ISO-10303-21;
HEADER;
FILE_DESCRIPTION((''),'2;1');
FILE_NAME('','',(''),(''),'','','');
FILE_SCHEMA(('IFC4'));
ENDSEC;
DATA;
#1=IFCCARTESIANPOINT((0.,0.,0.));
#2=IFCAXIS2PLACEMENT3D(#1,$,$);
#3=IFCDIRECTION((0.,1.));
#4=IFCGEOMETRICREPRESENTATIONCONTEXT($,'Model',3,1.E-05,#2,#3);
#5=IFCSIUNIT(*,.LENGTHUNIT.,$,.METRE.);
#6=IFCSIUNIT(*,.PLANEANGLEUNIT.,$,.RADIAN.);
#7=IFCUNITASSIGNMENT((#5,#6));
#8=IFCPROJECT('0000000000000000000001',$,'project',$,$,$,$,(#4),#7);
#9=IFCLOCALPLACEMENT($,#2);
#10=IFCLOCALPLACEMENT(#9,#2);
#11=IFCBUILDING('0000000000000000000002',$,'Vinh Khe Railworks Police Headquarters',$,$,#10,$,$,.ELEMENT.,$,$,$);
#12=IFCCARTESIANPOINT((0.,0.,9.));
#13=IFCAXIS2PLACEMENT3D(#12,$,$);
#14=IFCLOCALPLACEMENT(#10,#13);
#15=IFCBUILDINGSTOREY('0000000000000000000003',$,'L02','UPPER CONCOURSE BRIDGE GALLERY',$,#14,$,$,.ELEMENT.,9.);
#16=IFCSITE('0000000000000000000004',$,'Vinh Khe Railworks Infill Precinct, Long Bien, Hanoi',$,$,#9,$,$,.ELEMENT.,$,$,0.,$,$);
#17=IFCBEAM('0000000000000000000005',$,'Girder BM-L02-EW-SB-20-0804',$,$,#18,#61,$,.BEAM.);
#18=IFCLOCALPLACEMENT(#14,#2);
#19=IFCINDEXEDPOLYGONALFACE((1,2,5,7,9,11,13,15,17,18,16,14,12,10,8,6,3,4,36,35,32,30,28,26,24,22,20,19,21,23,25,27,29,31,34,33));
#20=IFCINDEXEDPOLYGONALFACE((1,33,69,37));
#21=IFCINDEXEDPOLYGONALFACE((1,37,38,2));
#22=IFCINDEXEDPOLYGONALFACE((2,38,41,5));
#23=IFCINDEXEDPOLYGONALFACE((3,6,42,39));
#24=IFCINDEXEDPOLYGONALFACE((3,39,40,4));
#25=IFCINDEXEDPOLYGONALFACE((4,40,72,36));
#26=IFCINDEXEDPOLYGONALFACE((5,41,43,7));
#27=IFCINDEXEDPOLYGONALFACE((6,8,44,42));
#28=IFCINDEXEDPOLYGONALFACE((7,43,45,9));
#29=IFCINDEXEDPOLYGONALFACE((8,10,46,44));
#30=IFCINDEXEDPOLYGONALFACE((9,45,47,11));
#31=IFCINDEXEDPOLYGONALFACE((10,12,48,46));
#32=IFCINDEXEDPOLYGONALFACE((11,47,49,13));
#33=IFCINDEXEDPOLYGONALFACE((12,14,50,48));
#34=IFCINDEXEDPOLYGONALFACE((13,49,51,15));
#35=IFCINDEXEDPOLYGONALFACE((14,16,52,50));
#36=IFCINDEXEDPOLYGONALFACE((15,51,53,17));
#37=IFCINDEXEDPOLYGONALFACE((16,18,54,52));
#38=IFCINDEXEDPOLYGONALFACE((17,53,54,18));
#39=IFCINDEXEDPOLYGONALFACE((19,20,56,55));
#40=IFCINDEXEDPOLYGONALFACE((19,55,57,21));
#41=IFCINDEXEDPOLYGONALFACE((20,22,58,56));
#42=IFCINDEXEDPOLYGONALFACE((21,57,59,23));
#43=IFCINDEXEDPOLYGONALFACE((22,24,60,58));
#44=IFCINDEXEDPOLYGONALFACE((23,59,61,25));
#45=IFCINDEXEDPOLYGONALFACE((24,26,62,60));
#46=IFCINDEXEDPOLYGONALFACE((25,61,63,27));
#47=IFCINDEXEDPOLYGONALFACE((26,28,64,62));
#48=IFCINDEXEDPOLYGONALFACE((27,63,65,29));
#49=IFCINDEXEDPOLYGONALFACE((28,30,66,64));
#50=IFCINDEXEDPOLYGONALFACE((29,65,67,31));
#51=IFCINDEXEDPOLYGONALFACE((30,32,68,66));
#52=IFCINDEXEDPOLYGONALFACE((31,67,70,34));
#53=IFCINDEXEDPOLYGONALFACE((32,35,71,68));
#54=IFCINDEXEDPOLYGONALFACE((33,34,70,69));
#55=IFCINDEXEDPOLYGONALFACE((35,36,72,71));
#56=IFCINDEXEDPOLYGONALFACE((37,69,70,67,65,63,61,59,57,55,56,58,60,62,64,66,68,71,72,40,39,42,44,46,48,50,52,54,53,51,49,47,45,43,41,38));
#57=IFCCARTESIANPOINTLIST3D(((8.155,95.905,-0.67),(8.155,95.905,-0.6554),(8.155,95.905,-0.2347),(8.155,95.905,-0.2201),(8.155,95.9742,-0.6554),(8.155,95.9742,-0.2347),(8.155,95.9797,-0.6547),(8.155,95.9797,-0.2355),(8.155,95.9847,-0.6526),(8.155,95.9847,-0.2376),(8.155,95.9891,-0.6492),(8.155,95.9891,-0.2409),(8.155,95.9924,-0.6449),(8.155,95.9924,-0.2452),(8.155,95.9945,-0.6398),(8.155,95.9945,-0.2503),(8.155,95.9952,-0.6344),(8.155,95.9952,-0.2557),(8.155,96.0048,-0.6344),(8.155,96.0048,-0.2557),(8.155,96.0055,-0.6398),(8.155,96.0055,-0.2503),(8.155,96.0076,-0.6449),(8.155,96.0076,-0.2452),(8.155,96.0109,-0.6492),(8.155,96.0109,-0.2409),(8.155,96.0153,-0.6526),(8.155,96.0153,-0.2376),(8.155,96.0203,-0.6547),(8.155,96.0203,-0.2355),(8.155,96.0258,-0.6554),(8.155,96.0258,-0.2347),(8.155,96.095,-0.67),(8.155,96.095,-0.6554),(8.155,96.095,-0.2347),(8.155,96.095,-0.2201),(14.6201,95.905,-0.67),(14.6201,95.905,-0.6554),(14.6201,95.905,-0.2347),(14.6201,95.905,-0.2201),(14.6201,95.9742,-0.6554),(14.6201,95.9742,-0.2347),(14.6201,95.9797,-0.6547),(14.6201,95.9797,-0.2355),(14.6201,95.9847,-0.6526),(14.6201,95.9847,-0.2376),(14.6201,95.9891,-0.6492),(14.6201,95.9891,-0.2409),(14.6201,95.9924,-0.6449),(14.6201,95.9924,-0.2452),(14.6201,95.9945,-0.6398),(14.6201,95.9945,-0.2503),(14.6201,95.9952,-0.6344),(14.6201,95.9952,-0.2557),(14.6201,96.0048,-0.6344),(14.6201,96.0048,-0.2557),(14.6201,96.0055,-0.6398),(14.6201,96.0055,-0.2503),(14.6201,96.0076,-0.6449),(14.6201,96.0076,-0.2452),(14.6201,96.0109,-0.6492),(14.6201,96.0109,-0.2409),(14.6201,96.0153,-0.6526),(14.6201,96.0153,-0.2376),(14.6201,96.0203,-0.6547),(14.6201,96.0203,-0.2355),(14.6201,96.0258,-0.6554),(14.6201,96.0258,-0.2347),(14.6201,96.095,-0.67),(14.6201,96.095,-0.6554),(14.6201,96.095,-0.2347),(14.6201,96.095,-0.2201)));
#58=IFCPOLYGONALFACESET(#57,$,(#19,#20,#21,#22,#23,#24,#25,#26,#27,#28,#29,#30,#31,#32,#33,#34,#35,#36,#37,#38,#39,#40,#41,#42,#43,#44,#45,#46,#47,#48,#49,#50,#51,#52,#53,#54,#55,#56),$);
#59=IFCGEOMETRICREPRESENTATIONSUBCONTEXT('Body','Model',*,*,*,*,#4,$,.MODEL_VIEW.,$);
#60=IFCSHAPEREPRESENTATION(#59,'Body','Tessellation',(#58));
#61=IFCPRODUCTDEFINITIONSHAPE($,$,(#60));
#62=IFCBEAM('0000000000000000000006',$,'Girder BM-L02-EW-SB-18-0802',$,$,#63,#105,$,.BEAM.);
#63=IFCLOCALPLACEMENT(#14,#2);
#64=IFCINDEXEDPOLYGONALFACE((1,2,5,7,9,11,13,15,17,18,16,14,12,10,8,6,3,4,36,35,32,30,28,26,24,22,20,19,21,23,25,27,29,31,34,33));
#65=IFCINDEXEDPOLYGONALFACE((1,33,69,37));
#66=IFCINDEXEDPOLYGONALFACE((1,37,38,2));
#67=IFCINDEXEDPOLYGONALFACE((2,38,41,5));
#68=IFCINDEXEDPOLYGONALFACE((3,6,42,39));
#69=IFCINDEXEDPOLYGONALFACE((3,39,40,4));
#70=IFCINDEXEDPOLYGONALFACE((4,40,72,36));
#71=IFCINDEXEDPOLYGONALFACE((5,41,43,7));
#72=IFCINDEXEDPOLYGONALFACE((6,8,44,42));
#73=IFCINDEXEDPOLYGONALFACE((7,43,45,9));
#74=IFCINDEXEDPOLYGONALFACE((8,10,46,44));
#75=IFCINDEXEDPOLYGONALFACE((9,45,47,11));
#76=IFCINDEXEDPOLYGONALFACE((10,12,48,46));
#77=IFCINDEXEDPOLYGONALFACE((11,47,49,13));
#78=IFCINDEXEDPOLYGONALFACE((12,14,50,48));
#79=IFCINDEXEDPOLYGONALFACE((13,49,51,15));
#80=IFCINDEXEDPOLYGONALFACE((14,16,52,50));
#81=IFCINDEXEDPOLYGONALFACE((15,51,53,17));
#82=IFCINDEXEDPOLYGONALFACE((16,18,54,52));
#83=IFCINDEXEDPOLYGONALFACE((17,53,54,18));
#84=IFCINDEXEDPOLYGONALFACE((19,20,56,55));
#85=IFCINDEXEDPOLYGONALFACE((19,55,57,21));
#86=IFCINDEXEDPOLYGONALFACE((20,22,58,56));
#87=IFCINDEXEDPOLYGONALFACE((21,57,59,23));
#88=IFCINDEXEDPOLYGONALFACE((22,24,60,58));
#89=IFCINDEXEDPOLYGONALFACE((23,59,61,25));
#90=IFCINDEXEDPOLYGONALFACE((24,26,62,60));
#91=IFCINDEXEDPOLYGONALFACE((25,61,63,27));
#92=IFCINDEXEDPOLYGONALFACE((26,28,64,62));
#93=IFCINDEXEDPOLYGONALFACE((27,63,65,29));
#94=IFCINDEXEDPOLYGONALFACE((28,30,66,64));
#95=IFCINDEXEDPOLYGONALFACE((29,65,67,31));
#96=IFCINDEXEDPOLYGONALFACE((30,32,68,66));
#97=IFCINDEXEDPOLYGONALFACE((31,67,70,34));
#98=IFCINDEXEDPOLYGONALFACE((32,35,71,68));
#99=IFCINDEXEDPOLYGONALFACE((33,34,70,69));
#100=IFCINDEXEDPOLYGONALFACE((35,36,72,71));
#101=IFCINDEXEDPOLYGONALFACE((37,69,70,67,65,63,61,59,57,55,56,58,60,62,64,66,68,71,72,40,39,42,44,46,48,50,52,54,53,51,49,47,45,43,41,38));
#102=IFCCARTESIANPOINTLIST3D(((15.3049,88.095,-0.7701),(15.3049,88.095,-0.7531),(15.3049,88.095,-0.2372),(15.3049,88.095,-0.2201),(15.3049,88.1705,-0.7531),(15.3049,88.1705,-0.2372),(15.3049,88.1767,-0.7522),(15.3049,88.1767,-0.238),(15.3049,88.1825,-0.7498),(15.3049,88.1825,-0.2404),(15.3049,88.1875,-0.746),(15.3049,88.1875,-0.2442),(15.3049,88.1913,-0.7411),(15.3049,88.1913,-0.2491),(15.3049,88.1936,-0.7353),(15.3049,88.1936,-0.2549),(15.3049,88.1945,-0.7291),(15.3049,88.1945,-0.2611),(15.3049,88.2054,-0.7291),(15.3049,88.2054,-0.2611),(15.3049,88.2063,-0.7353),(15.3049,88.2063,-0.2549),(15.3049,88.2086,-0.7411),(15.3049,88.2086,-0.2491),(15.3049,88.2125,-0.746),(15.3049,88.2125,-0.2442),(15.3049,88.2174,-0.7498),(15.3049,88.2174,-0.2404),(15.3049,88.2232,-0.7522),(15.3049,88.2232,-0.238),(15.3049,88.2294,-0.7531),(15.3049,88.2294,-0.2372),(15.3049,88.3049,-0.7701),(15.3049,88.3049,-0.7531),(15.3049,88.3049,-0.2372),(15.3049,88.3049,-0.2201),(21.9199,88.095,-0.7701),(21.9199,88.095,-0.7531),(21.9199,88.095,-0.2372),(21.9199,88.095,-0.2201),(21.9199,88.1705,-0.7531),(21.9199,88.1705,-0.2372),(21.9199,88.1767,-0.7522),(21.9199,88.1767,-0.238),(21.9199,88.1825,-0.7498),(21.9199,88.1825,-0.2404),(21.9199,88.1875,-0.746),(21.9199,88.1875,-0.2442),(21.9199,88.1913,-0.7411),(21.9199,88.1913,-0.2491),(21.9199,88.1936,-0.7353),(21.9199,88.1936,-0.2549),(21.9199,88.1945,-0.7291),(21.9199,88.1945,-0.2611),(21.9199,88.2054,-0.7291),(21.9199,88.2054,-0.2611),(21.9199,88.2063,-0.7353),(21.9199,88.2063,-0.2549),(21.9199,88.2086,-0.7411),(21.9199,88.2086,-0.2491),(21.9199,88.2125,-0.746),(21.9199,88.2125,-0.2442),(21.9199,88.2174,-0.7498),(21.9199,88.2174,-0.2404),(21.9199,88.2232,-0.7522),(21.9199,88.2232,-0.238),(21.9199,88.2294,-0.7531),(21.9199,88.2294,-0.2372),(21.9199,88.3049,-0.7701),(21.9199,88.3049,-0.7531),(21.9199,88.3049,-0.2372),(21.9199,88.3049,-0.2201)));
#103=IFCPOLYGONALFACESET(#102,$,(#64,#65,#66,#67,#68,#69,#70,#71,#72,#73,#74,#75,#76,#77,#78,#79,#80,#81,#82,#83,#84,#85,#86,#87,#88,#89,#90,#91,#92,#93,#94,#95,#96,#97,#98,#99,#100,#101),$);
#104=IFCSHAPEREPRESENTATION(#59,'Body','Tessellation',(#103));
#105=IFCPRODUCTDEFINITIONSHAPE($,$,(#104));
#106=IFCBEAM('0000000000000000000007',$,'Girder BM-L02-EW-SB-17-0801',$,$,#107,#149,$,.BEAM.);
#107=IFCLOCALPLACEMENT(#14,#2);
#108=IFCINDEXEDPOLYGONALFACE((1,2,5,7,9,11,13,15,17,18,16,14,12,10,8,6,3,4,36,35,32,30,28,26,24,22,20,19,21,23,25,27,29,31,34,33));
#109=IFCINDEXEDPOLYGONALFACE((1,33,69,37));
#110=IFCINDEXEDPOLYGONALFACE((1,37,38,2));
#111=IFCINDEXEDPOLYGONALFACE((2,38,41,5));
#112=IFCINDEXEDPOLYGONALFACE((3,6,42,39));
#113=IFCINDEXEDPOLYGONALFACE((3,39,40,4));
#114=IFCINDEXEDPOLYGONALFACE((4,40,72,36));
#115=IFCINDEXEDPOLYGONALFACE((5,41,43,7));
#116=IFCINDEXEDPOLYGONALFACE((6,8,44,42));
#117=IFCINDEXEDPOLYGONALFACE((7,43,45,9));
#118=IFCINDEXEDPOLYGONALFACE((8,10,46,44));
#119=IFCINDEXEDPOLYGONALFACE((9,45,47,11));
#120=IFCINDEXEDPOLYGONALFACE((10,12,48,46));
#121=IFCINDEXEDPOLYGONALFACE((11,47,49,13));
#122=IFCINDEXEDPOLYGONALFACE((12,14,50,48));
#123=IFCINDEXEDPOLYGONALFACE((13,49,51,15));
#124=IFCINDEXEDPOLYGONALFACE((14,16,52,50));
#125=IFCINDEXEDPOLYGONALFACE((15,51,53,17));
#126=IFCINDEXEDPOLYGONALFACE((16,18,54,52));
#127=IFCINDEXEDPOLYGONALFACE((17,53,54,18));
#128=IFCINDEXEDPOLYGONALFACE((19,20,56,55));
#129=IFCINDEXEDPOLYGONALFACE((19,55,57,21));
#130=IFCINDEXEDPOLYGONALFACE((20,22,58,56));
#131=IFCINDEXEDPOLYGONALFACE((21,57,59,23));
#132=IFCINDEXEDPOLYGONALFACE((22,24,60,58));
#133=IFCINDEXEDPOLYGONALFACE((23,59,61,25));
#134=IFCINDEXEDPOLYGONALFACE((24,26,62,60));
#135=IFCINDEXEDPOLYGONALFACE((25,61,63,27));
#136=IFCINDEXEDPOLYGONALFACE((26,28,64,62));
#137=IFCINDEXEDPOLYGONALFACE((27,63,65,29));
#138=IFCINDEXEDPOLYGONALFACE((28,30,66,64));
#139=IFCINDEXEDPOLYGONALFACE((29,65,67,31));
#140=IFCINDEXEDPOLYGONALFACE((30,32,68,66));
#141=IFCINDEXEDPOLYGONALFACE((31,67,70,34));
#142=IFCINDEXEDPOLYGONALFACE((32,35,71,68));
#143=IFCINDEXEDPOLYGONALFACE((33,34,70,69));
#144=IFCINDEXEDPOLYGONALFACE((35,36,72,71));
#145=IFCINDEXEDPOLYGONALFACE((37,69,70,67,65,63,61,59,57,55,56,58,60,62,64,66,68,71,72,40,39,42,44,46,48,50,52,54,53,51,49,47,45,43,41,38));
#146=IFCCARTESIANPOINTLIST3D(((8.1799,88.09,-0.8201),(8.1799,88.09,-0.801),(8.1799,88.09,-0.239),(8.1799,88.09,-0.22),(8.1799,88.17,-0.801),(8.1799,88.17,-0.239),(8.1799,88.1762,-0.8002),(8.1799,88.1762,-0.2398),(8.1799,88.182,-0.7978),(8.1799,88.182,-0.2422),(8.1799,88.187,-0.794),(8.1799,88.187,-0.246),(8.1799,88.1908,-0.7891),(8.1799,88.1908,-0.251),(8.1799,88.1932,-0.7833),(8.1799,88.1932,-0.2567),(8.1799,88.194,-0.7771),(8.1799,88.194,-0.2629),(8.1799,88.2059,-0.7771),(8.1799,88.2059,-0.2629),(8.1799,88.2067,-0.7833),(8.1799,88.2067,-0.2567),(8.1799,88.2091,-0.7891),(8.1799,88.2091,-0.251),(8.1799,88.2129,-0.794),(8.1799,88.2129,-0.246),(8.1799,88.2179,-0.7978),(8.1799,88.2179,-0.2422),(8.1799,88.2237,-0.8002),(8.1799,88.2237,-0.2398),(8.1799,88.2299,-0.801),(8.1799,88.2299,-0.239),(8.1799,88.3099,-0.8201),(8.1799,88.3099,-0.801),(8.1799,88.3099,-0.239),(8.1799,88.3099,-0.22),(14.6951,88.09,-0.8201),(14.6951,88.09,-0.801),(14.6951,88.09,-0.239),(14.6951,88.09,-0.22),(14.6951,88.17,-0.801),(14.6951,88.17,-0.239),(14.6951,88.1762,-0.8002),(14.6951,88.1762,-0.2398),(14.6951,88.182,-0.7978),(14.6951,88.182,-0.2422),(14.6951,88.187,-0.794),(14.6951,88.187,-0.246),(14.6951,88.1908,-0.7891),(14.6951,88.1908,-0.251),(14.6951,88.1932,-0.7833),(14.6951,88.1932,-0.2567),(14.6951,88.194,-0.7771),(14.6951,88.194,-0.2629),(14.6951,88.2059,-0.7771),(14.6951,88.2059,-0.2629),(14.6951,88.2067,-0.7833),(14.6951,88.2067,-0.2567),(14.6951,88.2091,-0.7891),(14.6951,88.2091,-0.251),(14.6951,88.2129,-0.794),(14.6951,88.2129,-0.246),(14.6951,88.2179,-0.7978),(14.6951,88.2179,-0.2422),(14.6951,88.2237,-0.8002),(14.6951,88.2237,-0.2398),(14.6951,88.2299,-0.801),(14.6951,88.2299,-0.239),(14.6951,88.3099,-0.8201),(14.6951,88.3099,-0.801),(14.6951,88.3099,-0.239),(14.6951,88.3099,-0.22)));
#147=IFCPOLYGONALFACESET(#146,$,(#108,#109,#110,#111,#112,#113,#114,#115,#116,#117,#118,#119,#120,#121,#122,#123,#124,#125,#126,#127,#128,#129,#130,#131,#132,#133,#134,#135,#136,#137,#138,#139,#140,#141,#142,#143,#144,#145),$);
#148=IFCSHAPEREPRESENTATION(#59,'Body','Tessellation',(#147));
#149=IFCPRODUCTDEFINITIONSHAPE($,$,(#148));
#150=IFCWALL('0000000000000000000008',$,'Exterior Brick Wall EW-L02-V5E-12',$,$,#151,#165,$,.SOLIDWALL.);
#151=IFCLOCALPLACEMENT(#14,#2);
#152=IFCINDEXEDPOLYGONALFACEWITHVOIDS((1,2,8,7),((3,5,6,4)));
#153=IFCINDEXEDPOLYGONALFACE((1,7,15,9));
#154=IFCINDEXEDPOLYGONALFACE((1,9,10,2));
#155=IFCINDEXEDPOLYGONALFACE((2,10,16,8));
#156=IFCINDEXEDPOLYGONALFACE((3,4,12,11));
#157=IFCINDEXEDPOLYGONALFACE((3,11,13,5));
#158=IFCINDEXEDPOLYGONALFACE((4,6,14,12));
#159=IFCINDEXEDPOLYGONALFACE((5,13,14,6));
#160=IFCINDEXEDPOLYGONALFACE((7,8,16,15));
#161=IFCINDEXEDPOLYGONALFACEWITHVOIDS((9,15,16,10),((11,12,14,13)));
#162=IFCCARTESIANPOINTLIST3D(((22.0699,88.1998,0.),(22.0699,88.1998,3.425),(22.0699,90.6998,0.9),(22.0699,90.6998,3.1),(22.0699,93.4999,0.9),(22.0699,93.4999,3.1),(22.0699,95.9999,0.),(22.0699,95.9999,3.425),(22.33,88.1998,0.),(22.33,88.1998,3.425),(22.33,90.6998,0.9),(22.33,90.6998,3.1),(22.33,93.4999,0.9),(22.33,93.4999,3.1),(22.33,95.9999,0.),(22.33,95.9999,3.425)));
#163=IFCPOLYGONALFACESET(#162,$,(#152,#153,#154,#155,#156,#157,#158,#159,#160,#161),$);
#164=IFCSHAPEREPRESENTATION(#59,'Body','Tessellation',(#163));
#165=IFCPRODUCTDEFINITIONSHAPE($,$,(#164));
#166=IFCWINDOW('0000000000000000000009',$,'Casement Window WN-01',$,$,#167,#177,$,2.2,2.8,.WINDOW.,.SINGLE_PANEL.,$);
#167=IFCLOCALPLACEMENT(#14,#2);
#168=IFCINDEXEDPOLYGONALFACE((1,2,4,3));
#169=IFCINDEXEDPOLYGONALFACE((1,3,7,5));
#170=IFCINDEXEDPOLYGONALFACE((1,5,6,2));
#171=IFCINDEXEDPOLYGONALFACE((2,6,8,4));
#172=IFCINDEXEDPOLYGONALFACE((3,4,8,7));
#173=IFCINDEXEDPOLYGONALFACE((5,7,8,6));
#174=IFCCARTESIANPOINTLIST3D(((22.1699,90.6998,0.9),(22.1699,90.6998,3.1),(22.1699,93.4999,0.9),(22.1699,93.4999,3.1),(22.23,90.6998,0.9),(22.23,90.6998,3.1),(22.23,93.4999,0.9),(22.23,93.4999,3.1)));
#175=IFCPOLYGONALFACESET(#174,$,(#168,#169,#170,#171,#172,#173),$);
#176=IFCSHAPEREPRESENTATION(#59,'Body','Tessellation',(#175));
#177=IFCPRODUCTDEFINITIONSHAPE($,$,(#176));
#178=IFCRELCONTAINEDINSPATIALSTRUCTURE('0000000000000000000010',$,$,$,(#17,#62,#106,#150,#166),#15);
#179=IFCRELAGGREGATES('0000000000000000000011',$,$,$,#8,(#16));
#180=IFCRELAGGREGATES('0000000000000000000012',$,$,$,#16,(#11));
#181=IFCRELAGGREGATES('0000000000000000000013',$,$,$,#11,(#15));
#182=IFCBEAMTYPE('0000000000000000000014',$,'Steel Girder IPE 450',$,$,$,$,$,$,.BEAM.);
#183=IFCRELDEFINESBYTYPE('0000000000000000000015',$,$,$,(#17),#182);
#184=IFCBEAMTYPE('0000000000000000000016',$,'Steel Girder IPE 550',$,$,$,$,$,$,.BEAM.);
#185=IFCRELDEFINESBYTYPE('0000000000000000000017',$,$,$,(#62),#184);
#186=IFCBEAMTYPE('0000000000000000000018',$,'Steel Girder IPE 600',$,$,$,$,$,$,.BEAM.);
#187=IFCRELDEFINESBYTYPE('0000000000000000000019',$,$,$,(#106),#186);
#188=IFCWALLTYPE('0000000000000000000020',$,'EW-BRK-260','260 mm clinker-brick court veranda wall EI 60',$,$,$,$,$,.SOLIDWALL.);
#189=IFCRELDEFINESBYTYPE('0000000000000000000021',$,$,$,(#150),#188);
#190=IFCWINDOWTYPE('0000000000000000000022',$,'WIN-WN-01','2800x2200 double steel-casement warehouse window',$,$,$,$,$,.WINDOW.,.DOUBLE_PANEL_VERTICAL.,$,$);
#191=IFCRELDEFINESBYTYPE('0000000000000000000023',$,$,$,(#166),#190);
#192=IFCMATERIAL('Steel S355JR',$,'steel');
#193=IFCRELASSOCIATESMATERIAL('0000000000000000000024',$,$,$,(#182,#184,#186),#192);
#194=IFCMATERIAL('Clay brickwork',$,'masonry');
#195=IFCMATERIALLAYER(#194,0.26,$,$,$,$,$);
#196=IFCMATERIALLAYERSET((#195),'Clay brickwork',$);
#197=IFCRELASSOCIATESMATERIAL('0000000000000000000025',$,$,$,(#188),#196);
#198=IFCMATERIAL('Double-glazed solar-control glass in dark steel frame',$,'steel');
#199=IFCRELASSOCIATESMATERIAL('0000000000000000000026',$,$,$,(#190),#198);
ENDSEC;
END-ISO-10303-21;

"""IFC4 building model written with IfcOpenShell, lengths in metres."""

from ifc_helpers import new_model, si_unit, direction, frame, frame_2d, origin, origin_2d, place, context, subcontext, project, spatial, rectangle, i_section, extrude, material, layer, layer_set, material_profile, profile_set, type_object, element, fill, save


model = new_model("IFC4")

# Units and contexts
model_context = context("Model", 3, precision=1e-05, world=origin(), true_north=direction((0.0, 1.0)))
body_context = subcontext(model_context, "Body", "Model", "MODEL_VIEW")
ifc_project = project(units=[si_unit("LENGTHUNIT", "METRE"), si_unit("PLANEANGLEUNIT", "RADIAN")], contexts=[model_context])

# Site, building, storey
site_placement = place(None, origin())
site = spatial("IfcSite", under=ifc_project, at=site_placement, Name="Vinh Khe Railworks Infill Precinct, Long Bien, Hanoi", CompositionType="ELEMENT", RefElevation=0.0)
building_placement = place(site_placement, origin())
building = spatial("IfcBuilding", under=site, at=building_placement, Name="Vinh Khe Railworks Police Headquarters", CompositionType="ELEMENT")
storey_placement = place(building_placement, frame((0.0, 0.0, 9.0)))
storey = spatial("IfcBuildingStorey", under=building, at=storey_placement, Name="L02", Description="UPPER CONCOURSE BRIDGE GALLERY", CompositionType="ELEMENT", Elevation=9.0)

# Shared definitions
ifc_material_1 = material(Name="Steel S355JR", Category="steel")

# Beams
ifc_material_profile_1 = material_profile(ifc_material_1, i_section(OverallWidth=0.1899, OverallDepth=0.45, WebThickness=0.0095, FlangeThickness=0.0146, FilletRadius=0.021, at=origin_2d()), Name="IPE 450")
ifc_profile_set_1 = profile_set([ifc_material_profile_1], Name="Steel S355JR")
beam_type_1 = type_object("IfcBeamType", Name="Steel Girder IPE 450", PredefinedType="BEAM", material=ifc_profile_set_1)
beam_1_placement = place(storey_placement, frame((8.155, 96.0, -0.4451), z_axis=(1.0, 0.0, 0.0), x_axis=(0.0, 1.0, 0.0)))
element("IfcBeam", 1, at=beam_1_placement, inside=storey, type_object=beam_type_1, Name="Girder BM-L02-EW-SB-20-0804", PredefinedType="BEAM", context=body_context, shape_type="SweptSolid", body=[
    extrude(i_section(OverallWidth=0.1899, OverallDepth=0.45, WebThickness=0.0095, FlangeThickness=0.0146, FilletRadius=0.021, at=origin_2d()), origin(), (0.0, 0.0, 1.0), 6.4651),
])
ifc_material_profile_2 = material_profile(ifc_material_1, i_section(OverallWidth=0.21, OverallDepth=0.55, WebThickness=0.011, FlangeThickness=0.0171, FilletRadius=0.0239, at=origin_2d()), Name="IPE 550")
ifc_profile_set_2 = profile_set([ifc_material_profile_2], Name="Steel S355JR")
beam_type_2 = type_object("IfcBeamType", Name="Steel Girder IPE 550", PredefinedType="BEAM", material=ifc_profile_set_2)
beam_2_placement = place(storey_placement, frame((15.3049, 88.2, -0.4951), z_axis=(1.0, 0.0, 0.0), x_axis=(0.0, 1.0, 0.0)))
element("IfcBeam", 2, at=beam_2_placement, inside=storey, type_object=beam_type_2, Name="Girder BM-L02-EW-SB-18-0802", PredefinedType="BEAM", context=body_context, shape_type="SweptSolid", body=[
    extrude(i_section(OverallWidth=0.21, OverallDepth=0.55, WebThickness=0.011, FlangeThickness=0.0171, FilletRadius=0.0239, at=origin_2d()), origin(), (0.0, 0.0, 1.0), 6.615),
])
ifc_material_profile_3 = material_profile(ifc_material_1, i_section(OverallWidth=0.22, OverallDepth=0.6001, WebThickness=0.012, FlangeThickness=0.019, FilletRadius=0.0239, at=origin_2d()), Name="IPE 600")
ifc_profile_set_3 = profile_set([ifc_material_profile_3], Name="Steel S355JR")
beam_type_3 = type_object("IfcBeamType", Name="Steel Girder IPE 600", PredefinedType="BEAM", material=ifc_profile_set_3)
beam_3_placement = place(storey_placement, frame((8.1799, 88.2, -0.52), z_axis=(1.0, 0.0, 0.0), x_axis=(0.0, 1.0, 0.0)))
element("IfcBeam", 3, at=beam_3_placement, inside=storey, type_object=beam_type_3, Name="Girder BM-L02-EW-SB-17-0801", PredefinedType="BEAM", context=body_context, shape_type="SweptSolid", body=[
    extrude(i_section(OverallWidth=0.22, OverallDepth=0.6001, WebThickness=0.012, FlangeThickness=0.019, FilletRadius=0.0239, at=origin_2d()), origin(), (0.0, 0.0, 1.0), 6.5151),
])

# Wall, opening, window
ifc_material_2 = material(Name="Clay brickwork", Category="masonry")
ifc_layer_1 = layer(ifc_material_2, 0.26)
ifc_layer_set_1 = layer_set([ifc_layer_1], Name="Clay brickwork")
wall_type_1 = type_object("IfcWallType", Name="EW-BRK-260", Description="260 mm clinker-brick court veranda wall EI 60", PredefinedType="SOLIDWALL", material=ifc_layer_set_1)
wall_1_placement = place(storey_placement, frame((22.2, 88.2, 0.0), z_axis=(0.0, 0.0, 1.0), x_axis=(0.0, 1.0, 0.0)))
wall_1 = element("IfcWall", 4, at=wall_1_placement, inside=storey, type_object=wall_type_1, Name="Exterior Brick Wall EW-L02-V5E-12", PredefinedType="SOLIDWALL", context=body_context, shape_type="SweptSolid", body=[
    extrude(rectangle(XDim=7.8, YDim=0.26, at=frame_2d((3.8999, 0.0))), origin(), (0.0, 0.0, 1.0), 3.425),
])
opening_1_placement = place(wall_1_placement, frame((2.5, 0.0, 0.8999)))
opening_1 = element("IfcOpeningElement", 5, at=opening_1_placement, cuts=wall_1, PredefinedType="OPENING", context=body_context, shape_type="SweptSolid", body=[
    extrude(rectangle(XDim=2.8, YDim=2.2, at=frame_2d((1.3999, 1.1001))), frame((0.0, 0.145, 0.0), z_axis=(0.0, -1.0, 0.0), x_axis=(1.0, 0.0, 0.0)), (0.0, 0.0, 1.0), 0.2898),
])
ifc_material_3 = material(Name="Double-glazed solar-control glass in dark steel frame", Category="steel")
window_type_1 = type_object("IfcWindowType", Name="WIN-WN-01", Description="2800x2200 double steel-casement warehouse window", PartitioningType="DOUBLE_PANEL_VERTICAL", PredefinedType="WINDOW", material=ifc_material_3)
window_1_placement = place(opening_1_placement, origin())
window_1 = element("IfcWindow", 6, at=window_1_placement, inside=storey, type_object=window_type_1, Name="Casement Window WN-01", OverallHeight=2.2, OverallWidth=2.8, PartitioningType="SINGLE_PANEL", PredefinedType="WINDOW", context=body_context, shape_type="SweptSolid", body=[
    extrude(rectangle(XDim=2.8, YDim=2.2, at=frame_2d((1.3999, 1.1001))), frame((0.0, 0.03, 0.0), z_axis=(0.0, -1.0, 0.0), x_axis=(1.0, 0.0, 0.0)), (0.0, 0.0, 1.0), 0.0601),
])
fill(opening_1, window_1)

save(model, "model.ifc")
